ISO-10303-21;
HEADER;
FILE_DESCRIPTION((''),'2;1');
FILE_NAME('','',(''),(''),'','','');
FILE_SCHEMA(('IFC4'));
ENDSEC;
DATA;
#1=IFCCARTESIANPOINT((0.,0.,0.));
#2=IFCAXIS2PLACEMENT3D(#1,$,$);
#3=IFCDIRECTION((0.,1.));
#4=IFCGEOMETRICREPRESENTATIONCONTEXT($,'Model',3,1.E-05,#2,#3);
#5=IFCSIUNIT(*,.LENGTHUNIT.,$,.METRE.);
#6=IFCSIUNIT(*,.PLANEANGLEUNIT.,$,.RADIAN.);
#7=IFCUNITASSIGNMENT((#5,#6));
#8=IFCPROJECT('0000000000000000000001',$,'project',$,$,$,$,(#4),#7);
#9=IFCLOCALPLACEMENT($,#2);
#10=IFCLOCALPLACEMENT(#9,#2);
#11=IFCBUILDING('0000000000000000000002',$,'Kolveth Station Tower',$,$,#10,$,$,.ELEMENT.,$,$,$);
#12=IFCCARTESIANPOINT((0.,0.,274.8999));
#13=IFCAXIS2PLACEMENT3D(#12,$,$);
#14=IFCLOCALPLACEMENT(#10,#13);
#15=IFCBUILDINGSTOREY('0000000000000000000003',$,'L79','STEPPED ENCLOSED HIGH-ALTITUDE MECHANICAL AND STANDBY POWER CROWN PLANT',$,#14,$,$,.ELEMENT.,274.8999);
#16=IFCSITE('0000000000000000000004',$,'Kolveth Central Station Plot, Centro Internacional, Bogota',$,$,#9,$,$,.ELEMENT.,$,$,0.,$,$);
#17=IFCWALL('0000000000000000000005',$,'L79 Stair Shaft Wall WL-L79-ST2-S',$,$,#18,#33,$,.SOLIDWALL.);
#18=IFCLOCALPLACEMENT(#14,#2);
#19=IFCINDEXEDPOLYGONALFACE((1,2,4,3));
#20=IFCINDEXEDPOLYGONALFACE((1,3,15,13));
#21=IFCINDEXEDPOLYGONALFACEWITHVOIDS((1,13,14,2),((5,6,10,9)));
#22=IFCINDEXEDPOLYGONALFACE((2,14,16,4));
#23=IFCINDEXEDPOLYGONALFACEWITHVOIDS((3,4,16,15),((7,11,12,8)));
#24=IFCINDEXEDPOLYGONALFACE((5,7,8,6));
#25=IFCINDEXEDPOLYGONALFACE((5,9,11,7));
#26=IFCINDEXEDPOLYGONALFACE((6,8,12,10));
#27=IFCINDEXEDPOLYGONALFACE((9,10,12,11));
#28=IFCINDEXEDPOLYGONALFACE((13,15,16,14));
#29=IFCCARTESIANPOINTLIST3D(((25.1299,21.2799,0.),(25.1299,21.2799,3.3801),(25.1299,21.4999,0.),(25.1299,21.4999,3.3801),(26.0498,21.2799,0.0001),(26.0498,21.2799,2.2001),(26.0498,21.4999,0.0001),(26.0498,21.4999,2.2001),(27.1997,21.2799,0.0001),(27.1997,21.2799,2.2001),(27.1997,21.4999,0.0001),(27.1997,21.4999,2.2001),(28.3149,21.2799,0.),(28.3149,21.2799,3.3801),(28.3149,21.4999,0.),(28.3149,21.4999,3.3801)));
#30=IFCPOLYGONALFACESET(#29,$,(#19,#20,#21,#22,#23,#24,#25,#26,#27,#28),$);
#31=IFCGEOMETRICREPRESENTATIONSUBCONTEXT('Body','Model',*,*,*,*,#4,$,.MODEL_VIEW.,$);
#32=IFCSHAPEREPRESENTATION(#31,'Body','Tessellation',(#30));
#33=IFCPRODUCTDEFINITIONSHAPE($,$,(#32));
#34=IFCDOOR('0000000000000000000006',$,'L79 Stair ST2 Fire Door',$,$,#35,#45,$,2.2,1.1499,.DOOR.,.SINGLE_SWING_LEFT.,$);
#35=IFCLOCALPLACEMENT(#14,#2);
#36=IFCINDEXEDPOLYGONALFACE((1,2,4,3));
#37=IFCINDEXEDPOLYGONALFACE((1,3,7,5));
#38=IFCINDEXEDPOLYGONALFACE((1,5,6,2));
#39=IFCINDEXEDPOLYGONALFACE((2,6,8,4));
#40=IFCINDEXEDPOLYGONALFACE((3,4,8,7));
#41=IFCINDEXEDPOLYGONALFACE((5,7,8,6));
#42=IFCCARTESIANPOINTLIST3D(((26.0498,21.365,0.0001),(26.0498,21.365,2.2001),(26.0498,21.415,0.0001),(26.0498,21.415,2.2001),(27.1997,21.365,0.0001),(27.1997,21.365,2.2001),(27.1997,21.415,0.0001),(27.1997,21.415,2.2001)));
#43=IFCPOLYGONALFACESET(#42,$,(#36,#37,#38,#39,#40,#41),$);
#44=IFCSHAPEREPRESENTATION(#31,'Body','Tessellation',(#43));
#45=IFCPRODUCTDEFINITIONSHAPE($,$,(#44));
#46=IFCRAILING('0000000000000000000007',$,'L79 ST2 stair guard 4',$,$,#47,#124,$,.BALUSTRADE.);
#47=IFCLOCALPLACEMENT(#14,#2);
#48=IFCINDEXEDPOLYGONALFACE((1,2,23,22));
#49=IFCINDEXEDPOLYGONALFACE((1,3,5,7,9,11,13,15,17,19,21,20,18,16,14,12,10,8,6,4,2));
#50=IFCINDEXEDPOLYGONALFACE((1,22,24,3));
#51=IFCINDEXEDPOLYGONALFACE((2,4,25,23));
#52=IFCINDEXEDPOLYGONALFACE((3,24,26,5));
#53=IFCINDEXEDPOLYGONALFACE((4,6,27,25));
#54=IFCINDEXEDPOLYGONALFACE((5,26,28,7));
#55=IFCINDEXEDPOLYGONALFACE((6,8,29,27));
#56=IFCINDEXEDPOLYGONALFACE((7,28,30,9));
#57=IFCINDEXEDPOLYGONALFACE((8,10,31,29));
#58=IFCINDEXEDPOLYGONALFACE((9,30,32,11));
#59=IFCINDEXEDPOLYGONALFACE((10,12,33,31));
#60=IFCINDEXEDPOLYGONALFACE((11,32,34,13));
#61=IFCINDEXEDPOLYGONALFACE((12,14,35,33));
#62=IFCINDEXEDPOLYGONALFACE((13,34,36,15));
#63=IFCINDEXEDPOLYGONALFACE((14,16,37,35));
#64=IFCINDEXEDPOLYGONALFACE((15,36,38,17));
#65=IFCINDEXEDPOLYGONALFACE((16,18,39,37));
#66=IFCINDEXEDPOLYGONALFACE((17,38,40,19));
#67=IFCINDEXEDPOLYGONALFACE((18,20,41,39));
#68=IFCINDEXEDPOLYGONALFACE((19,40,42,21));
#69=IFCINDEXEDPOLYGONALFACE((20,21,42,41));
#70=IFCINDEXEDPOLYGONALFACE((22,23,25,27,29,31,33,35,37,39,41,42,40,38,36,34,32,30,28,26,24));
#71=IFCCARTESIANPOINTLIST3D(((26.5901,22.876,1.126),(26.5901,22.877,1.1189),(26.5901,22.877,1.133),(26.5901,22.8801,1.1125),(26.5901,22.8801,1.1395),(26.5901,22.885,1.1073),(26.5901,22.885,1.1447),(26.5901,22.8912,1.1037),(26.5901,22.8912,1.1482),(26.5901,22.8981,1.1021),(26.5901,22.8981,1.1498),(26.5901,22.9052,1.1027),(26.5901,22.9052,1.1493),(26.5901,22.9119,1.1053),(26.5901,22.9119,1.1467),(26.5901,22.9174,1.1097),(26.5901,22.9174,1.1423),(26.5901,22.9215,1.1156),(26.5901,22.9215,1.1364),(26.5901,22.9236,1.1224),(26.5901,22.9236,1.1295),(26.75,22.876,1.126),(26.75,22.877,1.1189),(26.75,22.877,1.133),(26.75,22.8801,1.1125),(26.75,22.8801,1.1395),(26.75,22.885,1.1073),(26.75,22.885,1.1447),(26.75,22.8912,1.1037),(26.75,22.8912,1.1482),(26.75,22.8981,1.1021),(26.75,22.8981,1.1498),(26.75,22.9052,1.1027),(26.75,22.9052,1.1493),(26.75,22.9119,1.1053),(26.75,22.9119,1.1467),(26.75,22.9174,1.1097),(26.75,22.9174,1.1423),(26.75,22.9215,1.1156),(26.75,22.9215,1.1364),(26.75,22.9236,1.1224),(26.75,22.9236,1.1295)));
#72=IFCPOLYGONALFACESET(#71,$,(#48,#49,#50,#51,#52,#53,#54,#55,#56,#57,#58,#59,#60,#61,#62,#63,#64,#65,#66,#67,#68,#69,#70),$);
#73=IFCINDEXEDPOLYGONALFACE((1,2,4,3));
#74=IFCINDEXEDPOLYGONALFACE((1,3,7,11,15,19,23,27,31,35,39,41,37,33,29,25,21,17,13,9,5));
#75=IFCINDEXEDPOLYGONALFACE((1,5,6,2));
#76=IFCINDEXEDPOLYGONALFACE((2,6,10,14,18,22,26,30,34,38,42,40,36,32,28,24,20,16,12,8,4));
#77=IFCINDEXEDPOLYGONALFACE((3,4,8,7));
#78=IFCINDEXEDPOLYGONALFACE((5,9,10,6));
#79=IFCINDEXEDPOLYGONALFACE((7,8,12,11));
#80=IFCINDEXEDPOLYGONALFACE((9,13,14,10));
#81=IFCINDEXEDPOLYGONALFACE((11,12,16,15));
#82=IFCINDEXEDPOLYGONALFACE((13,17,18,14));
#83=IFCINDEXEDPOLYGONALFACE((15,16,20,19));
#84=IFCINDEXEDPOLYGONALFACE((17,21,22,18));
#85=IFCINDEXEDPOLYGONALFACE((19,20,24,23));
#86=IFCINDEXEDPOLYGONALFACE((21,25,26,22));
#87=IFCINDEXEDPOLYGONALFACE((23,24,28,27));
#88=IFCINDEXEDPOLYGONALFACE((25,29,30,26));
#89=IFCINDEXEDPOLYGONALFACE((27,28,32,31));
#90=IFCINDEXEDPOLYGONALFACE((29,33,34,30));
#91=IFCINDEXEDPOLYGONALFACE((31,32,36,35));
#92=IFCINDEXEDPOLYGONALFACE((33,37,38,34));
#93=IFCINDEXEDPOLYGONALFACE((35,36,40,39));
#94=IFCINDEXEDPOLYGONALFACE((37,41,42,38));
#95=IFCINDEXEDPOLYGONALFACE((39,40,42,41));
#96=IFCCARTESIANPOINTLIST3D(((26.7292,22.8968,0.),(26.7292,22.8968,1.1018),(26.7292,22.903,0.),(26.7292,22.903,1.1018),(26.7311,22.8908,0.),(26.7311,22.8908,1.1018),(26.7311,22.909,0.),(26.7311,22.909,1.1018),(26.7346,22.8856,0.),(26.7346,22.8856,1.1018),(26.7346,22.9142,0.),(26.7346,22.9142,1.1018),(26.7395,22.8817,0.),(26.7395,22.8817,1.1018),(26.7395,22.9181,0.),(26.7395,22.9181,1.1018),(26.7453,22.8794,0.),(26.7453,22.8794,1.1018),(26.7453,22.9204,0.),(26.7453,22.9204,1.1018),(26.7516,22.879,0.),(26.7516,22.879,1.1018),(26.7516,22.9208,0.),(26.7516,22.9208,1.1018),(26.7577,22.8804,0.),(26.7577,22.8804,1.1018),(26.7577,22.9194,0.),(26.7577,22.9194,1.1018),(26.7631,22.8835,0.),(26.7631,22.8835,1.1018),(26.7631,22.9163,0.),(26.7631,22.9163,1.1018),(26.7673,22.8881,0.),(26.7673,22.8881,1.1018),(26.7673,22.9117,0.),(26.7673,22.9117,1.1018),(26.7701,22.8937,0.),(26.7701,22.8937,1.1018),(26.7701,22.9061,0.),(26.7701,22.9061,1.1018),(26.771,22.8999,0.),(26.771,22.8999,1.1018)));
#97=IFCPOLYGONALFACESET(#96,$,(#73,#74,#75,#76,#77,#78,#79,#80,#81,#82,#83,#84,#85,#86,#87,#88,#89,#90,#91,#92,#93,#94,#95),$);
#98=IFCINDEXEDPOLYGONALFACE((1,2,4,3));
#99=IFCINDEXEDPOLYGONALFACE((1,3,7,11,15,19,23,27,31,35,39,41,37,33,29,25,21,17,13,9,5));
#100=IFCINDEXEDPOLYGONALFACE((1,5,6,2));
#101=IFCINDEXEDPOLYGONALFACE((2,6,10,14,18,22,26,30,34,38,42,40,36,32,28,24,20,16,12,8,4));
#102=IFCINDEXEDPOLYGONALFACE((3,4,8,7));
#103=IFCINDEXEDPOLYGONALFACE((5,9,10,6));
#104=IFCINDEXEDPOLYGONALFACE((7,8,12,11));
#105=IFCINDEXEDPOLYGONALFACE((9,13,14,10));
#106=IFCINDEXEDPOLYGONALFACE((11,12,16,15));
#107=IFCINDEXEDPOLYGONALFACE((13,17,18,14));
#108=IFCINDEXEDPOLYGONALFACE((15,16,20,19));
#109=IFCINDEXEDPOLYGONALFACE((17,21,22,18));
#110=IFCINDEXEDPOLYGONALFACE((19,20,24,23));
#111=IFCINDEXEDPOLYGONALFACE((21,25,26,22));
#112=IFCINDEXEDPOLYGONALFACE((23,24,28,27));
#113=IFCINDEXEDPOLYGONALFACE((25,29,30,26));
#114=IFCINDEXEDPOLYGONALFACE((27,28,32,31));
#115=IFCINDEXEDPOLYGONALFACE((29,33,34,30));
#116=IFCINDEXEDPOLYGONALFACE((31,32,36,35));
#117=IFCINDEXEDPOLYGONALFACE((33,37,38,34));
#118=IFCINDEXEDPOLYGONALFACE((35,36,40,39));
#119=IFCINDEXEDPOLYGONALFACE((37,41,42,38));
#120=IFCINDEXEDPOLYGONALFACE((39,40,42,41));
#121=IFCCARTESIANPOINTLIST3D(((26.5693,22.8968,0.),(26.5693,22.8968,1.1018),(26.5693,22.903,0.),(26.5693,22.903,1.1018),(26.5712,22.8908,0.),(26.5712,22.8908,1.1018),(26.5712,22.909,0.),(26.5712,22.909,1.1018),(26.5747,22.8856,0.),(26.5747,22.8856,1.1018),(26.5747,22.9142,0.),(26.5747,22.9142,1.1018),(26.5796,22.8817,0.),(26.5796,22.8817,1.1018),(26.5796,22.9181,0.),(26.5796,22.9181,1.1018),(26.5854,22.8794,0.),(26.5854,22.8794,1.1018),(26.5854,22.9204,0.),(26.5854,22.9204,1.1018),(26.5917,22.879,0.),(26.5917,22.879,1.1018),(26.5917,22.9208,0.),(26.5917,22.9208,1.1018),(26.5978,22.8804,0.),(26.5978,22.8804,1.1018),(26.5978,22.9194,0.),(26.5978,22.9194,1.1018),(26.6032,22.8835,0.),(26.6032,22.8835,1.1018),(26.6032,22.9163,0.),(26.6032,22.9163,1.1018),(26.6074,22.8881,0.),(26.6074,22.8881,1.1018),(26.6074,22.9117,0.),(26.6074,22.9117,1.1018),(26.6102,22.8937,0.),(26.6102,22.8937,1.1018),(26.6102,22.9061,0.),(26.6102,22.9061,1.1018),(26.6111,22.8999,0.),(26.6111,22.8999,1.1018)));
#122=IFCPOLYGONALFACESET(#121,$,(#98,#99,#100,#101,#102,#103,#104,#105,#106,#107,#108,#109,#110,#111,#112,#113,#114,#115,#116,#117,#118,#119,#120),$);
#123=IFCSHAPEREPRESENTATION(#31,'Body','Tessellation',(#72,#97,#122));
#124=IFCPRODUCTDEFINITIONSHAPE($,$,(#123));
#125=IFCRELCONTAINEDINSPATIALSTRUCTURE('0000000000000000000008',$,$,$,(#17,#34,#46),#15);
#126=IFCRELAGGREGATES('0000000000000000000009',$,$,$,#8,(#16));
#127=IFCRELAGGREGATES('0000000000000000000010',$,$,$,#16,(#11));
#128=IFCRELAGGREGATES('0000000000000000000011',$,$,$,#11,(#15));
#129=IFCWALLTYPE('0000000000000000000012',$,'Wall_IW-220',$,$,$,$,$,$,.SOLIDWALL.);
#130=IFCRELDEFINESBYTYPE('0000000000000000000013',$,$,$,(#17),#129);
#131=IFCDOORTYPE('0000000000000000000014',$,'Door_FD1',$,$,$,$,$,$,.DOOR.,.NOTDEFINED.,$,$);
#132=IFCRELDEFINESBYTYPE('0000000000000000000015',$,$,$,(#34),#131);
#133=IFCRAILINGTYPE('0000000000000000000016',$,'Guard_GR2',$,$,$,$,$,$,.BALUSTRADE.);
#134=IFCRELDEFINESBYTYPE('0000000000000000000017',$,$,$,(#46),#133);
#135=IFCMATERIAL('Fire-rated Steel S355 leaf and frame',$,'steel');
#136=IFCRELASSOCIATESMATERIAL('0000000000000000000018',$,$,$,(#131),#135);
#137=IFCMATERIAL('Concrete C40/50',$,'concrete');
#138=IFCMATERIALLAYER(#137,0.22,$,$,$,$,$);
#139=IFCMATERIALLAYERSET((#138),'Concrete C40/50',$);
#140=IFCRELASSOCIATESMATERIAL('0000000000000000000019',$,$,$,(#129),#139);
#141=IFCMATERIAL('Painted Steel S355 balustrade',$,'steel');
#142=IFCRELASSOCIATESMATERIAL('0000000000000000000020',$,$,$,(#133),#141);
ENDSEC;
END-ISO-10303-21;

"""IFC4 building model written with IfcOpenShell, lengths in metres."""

from ifc_helpers import new_model, si_unit, direction, frame, frame_2d, origin, origin_2d, place, context, subcontext, project, spatial, rectangle, circle, extrude, material, layer, layer_set, type_object, element, fill, save


model = new_model("IFC4")

# Units and contexts
model_context = context("Model", 3, precision=1e-05, world=origin(), true_north=direction((0.0, 1.0)))
body_context = subcontext(model_context, "Body", "Model", "MODEL_VIEW")
ifc_project = project(units=[si_unit("LENGTHUNIT", "METRE"), si_unit("PLANEANGLEUNIT", "RADIAN")], contexts=[model_context])

# Site, building, storey
site_placement = place(None, origin())
site = spatial("IfcSite", under=ifc_project, at=site_placement, Name="Kolveth Central Station Plot, Centro Internacional, Bogota", CompositionType="ELEMENT", RefElevation=0.0)
building_placement = place(site_placement, origin())
building = spatial("IfcBuilding", under=site, at=building_placement, Name="Kolveth Station Tower", CompositionType="ELEMENT")
storey_placement = place(building_placement, frame((0.0, 0.0, 274.8999)))
storey = spatial("IfcBuildingStorey", under=building, at=storey_placement, Name="L79", Description="STEPPED ENCLOSED HIGH-ALTITUDE MECHANICAL AND STANDBY POWER CROWN PLANT", CompositionType="ELEMENT", Elevation=274.8999)

# Shared definitions
ifc_material_1 = material(Name="Concrete C40/50", Category="concrete")

# Shared definitions
ifc_material_2 = material(Name="Fire-rated Steel S355 leaf and frame", Category="steel")
door_type_1 = type_object("IfcDoorType", Name="Door_FD1", OperationType="NOTDEFINED", PredefinedType="DOOR", material=ifc_material_2)

# Shared definitions
ifc_layer_1 = layer(ifc_material_1, 0.22)
ifc_layer_set_1 = layer_set([ifc_layer_1], Name="Concrete C40/50")
wall_type_1 = type_object("IfcWallType", Name="Wall_IW-220", PredefinedType="SOLIDWALL", material=ifc_layer_set_1)

# Wall, opening, door
wall_1_placement = place(storey_placement, frame((25.1299, 21.3899, 0.0), z_axis=(0.0, 0.0, 1.0), x_axis=(1.0, 0.0, 0.0)))
wall_1 = element("IfcWall", 1, at=wall_1_placement, inside=storey, type_object=wall_type_1, Name="L79 Stair Shaft Wall WL-L79-ST2-S", PredefinedType="SOLIDWALL", context=body_context, shape_type="SweptSolid", body=[
    extrude(rectangle(XDim=3.1851, YDim=0.22, at=frame_2d((1.5925, 0.0))), origin(), (0.0, 0.0, 1.0), 3.3801),
])
opening_1_placement = place(wall_1_placement, frame((0.9199, 0.0, 0.0)))
opening_1 = element("IfcOpeningElement", 2, at=opening_1_placement, cuts=wall_1, PredefinedType="OPENING", context=body_context, shape_type="SweptSolid", body=[
    extrude(rectangle(XDim=1.1499, YDim=2.2, at=frame_2d((0.575, 1.1001))), frame((0.0, 0.1199, 0.0), z_axis=(0.0, -1.0, 0.0), x_axis=(1.0, 0.0, 0.0)), (0.0, 0.0, 1.0), 0.24),
])
door_1_placement = place(opening_1_placement, frame((1.1499, 0.0, 0.0), z_axis=(0.0, 0.0, 1.0), x_axis=(-1.0, 0.0, 0.0)))
door_1 = element("IfcDoor", 3, at=door_1_placement, inside=storey, type_object=door_type_1, Name="L79 Stair ST2 Fire Door", OperationType="SINGLE_SWING_LEFT", OverallHeight=2.2, OverallWidth=1.1499, PredefinedType="DOOR", context=body_context, shape_type="SweptSolid", body=[
    extrude(rectangle(XDim=1.1499, YDim=2.2, at=frame_2d((0.575, 1.1001))), frame((0.0, 0.0249, 0.0), z_axis=(0.0, -1.0, 0.0), x_axis=(1.0, 0.0, 0.0)), (0.0, 0.0, 1.0), 0.05),
])
fill(opening_1, door_1)

# Railing
ifc_material_3 = material(Name="Painted Steel S355 balustrade", Category="steel")
railing_type = type_object("IfcRailingType", Name="Guard_GR2", PredefinedType="BALUSTRADE", material=ifc_material_3)
railing_placement = place(storey_placement, frame((26.75, 22.8999, 0.0)))
element("IfcRailing", 4, at=railing_placement, inside=storey, type_object=railing_type, Name="L79 ST2 stair guard 4", PredefinedType="BALUSTRADE", context=body_context, shape_type="SweptSolid", body=[
    extrude(circle(Radius=0.0239, at=origin_2d()), frame((0.0, 0.0, 1.126), z_axis=(-1.0, 0.0, 0.0), x_axis=(0.0, -1.0, 0.0)), (0.0, 0.0, 1.0), 0.1599),
    extrude(circle(Radius=0.021, at=origin_2d()), origin(), (0.0, 0.0, 1.0), 1.1018),
    extrude(circle(Radius=0.021, at=origin_2d()), frame((-0.1599, 0.0, 0.0)), (0.0, 0.0, 1.0), 1.1018),
])

save(model, "model.ifc")
